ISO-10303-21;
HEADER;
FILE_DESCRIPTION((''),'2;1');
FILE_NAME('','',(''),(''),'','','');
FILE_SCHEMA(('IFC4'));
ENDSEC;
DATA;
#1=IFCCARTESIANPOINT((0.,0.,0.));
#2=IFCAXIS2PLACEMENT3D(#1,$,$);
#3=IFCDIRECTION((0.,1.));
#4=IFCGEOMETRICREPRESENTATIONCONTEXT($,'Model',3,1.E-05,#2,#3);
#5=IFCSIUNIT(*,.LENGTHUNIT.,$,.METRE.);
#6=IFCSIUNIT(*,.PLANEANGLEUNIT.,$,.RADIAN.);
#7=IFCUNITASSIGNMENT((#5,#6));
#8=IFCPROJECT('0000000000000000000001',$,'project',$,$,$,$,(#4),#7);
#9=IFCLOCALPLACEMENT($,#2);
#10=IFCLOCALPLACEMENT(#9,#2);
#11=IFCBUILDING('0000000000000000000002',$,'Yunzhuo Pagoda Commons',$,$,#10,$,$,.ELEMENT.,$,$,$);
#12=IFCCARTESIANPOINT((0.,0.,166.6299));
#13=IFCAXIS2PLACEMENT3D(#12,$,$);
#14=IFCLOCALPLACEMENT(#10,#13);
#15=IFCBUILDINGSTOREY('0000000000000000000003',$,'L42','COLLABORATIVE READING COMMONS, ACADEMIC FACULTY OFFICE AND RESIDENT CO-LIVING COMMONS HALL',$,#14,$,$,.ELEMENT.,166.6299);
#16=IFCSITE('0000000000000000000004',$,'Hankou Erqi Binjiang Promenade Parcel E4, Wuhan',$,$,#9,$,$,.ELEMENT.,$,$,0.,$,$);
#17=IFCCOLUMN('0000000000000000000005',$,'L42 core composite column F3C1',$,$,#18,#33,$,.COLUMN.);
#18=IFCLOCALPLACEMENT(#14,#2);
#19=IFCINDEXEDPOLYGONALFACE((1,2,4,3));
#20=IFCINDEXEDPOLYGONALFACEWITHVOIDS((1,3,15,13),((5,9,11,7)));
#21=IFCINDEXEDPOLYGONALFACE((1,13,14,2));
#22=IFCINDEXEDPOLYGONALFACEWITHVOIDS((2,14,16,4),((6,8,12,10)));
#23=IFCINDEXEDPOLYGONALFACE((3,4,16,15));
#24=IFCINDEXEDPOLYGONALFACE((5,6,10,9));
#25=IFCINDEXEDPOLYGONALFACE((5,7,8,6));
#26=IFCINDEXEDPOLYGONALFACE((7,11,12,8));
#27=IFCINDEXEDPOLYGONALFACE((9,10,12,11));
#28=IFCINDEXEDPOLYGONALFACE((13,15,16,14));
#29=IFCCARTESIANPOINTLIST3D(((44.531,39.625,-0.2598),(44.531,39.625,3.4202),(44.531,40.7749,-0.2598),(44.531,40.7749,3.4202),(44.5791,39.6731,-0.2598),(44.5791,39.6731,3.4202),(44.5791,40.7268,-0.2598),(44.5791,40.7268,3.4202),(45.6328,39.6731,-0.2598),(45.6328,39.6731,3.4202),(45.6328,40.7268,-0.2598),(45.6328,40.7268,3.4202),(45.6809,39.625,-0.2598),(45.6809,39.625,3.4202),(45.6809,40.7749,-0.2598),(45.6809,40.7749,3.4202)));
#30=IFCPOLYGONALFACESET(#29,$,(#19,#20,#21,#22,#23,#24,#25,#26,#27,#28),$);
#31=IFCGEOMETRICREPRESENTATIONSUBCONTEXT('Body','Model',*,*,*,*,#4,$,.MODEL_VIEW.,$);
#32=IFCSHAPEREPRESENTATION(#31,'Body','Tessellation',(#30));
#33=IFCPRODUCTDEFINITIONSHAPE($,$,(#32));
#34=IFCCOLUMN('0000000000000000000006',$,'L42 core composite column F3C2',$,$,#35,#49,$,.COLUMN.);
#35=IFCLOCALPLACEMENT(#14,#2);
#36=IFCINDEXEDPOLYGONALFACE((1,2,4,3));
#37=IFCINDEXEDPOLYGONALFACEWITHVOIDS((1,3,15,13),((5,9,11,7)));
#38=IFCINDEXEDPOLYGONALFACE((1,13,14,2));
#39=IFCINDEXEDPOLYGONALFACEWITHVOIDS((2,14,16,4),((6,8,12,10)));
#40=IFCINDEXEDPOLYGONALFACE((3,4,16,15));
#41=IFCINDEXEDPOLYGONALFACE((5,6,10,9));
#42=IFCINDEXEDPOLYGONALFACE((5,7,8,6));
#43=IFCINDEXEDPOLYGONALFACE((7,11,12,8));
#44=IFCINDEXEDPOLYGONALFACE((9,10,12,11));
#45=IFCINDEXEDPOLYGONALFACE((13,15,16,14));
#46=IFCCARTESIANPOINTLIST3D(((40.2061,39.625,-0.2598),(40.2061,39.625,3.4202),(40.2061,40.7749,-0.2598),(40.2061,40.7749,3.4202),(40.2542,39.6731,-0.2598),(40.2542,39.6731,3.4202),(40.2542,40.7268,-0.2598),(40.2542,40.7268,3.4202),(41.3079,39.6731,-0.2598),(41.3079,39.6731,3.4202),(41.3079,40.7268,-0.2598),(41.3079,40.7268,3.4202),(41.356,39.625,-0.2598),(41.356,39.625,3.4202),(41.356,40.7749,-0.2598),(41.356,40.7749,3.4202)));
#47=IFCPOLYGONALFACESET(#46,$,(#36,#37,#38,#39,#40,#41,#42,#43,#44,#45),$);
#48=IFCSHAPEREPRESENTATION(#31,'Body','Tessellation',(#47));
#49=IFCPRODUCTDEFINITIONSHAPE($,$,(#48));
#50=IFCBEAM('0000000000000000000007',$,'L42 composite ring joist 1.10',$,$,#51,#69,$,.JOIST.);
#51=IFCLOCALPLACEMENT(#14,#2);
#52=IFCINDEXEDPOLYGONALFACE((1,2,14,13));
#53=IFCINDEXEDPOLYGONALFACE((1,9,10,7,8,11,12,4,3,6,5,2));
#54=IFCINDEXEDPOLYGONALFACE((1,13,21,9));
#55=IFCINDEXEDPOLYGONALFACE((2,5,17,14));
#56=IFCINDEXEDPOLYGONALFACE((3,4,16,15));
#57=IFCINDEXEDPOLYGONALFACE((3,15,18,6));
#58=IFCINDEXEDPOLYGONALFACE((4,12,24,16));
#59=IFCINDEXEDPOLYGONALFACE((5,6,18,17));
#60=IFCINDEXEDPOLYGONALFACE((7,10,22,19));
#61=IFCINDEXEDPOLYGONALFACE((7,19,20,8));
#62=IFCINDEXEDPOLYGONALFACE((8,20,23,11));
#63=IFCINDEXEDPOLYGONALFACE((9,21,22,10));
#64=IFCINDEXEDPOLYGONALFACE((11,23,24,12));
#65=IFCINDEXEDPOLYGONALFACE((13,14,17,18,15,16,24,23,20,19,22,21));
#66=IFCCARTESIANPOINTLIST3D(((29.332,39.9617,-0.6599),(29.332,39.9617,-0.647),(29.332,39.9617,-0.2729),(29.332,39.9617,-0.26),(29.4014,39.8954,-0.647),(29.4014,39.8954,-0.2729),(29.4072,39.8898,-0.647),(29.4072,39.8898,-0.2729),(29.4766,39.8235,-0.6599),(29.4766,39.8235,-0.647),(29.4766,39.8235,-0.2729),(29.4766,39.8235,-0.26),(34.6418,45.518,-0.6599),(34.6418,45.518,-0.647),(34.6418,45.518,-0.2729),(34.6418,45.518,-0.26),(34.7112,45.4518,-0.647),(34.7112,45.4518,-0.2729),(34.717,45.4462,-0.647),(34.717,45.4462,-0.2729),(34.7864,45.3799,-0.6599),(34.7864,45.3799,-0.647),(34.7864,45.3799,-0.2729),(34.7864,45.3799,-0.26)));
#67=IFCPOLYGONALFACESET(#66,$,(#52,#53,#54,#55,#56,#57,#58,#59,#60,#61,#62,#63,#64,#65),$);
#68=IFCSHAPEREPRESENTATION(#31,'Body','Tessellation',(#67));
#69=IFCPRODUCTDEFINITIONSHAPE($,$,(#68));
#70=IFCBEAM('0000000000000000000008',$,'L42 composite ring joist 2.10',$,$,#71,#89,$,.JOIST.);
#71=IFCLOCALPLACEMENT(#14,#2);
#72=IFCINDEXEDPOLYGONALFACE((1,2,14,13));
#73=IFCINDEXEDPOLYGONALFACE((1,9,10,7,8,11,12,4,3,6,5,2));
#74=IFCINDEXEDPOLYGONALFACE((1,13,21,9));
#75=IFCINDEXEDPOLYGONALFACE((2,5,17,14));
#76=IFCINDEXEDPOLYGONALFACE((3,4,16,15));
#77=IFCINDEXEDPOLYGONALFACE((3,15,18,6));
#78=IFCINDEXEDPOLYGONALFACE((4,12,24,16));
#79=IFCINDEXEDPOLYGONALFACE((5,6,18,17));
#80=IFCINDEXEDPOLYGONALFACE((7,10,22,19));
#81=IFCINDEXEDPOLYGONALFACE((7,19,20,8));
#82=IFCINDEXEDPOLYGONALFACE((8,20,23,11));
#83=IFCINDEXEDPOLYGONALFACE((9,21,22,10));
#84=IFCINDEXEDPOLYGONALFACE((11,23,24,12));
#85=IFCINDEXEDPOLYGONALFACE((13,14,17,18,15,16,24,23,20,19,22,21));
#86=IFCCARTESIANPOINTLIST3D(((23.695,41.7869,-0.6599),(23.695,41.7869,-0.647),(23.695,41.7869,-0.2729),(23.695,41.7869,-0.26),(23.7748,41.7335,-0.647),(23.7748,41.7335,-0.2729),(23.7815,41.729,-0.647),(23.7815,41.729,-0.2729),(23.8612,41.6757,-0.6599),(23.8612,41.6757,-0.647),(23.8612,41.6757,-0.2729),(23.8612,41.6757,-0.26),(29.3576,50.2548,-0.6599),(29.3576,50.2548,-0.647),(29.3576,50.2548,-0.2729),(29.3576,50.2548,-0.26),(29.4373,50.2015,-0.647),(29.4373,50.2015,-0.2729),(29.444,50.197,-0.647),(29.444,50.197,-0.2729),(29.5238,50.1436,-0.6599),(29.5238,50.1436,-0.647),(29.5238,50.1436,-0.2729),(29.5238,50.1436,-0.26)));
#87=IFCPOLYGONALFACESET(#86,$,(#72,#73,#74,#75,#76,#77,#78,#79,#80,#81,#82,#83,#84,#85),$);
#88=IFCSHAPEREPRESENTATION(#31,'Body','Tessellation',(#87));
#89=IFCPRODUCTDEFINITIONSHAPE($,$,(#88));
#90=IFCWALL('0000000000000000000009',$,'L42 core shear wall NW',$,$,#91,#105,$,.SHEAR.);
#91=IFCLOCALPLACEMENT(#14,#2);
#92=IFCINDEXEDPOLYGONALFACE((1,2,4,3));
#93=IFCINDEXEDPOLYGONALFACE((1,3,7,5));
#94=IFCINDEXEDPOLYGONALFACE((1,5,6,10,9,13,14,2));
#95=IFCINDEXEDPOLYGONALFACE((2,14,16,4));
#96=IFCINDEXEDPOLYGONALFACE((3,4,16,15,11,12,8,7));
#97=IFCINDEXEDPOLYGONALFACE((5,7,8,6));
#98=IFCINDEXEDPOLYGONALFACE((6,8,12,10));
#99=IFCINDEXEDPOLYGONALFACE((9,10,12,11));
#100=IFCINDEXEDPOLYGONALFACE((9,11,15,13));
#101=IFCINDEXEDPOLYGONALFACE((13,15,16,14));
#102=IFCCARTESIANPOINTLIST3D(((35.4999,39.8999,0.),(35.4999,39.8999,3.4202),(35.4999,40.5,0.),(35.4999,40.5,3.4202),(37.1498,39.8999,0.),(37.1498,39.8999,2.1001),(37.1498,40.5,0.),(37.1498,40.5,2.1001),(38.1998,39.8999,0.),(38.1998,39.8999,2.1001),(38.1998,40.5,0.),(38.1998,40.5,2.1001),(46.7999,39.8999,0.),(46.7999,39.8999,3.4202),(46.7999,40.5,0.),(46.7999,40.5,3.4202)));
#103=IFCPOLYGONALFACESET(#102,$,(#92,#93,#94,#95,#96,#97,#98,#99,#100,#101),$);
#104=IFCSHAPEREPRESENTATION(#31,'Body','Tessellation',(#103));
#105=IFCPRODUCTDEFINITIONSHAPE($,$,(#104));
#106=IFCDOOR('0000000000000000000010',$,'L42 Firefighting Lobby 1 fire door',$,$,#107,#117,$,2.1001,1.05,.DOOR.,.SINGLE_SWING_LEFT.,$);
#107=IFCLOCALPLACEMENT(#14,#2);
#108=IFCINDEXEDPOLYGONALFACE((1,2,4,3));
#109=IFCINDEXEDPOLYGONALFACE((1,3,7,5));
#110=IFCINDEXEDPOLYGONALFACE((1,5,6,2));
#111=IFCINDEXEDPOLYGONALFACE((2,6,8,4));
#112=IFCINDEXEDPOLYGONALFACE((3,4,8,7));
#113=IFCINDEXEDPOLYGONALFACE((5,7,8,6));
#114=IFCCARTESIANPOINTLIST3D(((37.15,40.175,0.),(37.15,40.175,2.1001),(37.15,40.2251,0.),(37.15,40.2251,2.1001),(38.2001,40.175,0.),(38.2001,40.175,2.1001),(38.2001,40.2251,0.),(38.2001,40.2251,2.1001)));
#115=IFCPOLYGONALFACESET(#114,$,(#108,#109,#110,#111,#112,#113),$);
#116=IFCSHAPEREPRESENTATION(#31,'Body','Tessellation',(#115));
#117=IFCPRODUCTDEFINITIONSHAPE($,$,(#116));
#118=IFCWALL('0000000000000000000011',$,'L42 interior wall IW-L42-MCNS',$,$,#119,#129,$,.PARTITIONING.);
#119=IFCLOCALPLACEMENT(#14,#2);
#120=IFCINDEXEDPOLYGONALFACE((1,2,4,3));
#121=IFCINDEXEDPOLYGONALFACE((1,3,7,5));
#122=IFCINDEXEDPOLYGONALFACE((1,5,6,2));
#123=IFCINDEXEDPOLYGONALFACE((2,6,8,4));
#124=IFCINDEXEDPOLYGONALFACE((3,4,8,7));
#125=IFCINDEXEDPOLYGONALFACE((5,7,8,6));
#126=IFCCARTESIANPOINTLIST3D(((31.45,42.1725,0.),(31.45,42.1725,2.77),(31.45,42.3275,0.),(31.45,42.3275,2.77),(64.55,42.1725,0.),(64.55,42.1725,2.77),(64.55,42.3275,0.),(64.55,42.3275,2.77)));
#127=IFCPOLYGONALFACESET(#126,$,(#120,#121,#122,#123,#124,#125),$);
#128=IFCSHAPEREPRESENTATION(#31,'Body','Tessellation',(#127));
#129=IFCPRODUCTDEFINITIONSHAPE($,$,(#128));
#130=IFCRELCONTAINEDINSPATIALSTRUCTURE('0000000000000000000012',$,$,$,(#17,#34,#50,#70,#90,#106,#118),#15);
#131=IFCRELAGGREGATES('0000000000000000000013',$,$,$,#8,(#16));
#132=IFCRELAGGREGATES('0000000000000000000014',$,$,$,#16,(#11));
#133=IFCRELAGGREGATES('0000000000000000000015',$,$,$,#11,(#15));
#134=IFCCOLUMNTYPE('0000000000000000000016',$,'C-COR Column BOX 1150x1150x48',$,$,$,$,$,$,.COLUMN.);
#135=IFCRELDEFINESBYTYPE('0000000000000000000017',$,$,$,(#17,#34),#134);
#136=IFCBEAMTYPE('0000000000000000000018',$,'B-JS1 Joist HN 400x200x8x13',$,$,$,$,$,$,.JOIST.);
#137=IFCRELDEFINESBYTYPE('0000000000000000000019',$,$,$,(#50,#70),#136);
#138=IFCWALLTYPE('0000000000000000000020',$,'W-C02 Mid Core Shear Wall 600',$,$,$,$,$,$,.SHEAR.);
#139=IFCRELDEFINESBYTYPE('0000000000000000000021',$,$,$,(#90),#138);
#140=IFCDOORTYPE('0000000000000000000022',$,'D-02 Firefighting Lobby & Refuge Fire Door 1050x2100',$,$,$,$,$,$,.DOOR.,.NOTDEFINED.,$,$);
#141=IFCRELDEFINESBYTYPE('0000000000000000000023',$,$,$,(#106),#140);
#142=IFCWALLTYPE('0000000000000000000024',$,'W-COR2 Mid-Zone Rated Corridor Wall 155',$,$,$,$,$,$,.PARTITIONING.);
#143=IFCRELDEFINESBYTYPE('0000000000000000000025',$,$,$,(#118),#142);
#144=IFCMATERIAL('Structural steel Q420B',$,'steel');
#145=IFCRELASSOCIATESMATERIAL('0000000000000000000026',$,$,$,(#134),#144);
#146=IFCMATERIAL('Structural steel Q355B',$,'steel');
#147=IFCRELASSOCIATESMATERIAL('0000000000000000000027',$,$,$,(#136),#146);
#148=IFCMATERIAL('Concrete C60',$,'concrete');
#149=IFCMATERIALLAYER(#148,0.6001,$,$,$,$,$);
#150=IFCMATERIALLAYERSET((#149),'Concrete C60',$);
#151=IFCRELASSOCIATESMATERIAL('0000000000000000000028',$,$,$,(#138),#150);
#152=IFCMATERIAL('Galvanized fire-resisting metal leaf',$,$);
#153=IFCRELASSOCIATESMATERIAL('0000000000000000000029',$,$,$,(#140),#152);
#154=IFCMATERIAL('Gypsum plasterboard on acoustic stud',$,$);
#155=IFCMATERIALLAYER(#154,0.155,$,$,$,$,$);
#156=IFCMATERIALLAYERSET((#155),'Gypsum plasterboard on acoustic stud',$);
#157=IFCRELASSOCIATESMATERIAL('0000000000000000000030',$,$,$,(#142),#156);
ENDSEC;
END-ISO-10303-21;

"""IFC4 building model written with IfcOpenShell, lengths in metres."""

from ifc_helpers import new_model, si_unit, direction, frame, frame_2d, origin, origin_2d, place, context, subcontext, project, spatial, rectangle, hollow_rectangle, i_section, extrude, source, transform, mapped, material, layer, layer_set, material_profile, profile_set, type_object, element, fill, save


model = new_model("IFC4")

# Units and contexts
model_context = context("Model", 3, precision=1e-05, world=origin(), true_north=direction((0.0, 1.0)))
body_context = subcontext(model_context, "Body", "Model", "MODEL_VIEW")
ifc_project = project(units=[si_unit("LENGTHUNIT", "METRE"), si_unit("PLANEANGLEUNIT", "RADIAN")], contexts=[model_context])

# Site, building, storey
site_placement = place(None, origin())
site = spatial("IfcSite", under=ifc_project, at=site_placement, Name="Hankou Erqi Binjiang Promenade Parcel E4, Wuhan", CompositionType="ELEMENT", RefElevation=0.0)
building_placement = place(site_placement, origin())
building = spatial("IfcBuilding", under=site, at=building_placement, Name="Yunzhuo Pagoda Commons", CompositionType="ELEMENT")
storey_placement = place(building_placement, frame((0.0, 0.0, 166.6299)))
storey = spatial("IfcBuildingStorey", under=building, at=storey_placement, Name="L42", Description="COLLABORATIVE READING COMMONS, ACADEMIC FACULTY OFFICE AND RESIDENT CO-LIVING COMMONS HALL", CompositionType="ELEMENT", Elevation=166.6299)

# Columns
ifc_material_1 = material(Name="Structural steel Q420B", Category="steel")
ifc_material_profile_1 = material_profile(ifc_material_1, hollow_rectangle(XDim=1.1499, YDim=1.1499, WallThickness=0.0481, at=origin_2d()), Name="Structural steel Q420B")
ifc_profile_set_1 = profile_set([ifc_material_profile_1], Name="Structural steel Q420B")
column_type = type_object("IfcColumnType", Name="C-COR Column BOX 1150x1150x48", PredefinedType="COLUMN", material=ifc_profile_set_1)
shared_shape_1 = source(origin(), body_context, "Body", "SweptSolid", [
    extrude(hollow_rectangle(XDim=1.1499, YDim=1.1499, WallThickness=0.0481, at=origin_2d()), origin(), (0.0, 0.0, 1.0), 3.6799),
])
for number, where, z_axis, x_axis, name in (
    (1, (45.106, 40.2, -0.2598), (0.0, 0.0, 1.0), (1.0, 0.0, 0.0), "L42 core composite column F3C1"),
    (2, (40.781, 40.2, -0.2598), (0.0, 0.0, 1.0), (1.0, 0.0, 0.0), "L42 core composite column F3C2"),
):
    element("IfcColumn", number, at=place(storey_placement, frame(where, z_axis=z_axis, x_axis=x_axis)), inside=storey, type_object=column_type, Name=name, PredefinedType="COLUMN", context=body_context, shape_type="MappedRepresentation", body=[
        mapped(shared_shape_1, transform((0.0, 0.0, 0.0), scale=1.0)),
    ])

# Beams
ifc_material_2 = material(Name="Structural steel Q355B", Category="steel")
ifc_material_profile_2 = material_profile(ifc_material_2, i_section(OverallWidth=0.2, OverallDepth=0.3999, WebThickness=0.0081, FlangeThickness=0.0129, at=origin_2d()), Name="Structural steel Q355B")
ifc_profile_set_2 = profile_set([ifc_material_profile_2], Name="Structural steel Q355B")
beam_type = type_object("IfcBeamType", Name="B-JS1 Joist HN 400x200x8x13", PredefinedType="JOIST", material=ifc_profile_set_2)
shared_shape_2 = source(origin(), body_context, "Body", "SweptSolid", [
    extrude(i_section(OverallWidth=0.2, OverallDepth=0.3999, WebThickness=0.0081, FlangeThickness=0.0129, at=origin_2d()), origin(), (0.0, 0.0, 1.0), 7.6855),
])
beam_1_placement = place(storey_placement, frame((34.7141, 45.449, -0.46), z_axis=(-0.690883, -0.722967, 0.0), x_axis=(0.722967, -0.690883, 0.0)))
element("IfcBeam", 3, at=beam_1_placement, inside=storey, type_object=beam_type, Name="L42 composite ring joist 1.10", PredefinedType="JOIST", context=body_context, shape_type="MappedRepresentation", body=[
    mapped(shared_shape_2, transform((0.0, 0.0, 0.0), scale=1.0)),
])
shared_shape_3 = source(origin(), body_context, "Body", "SweptSolid", [
    extrude(i_section(OverallWidth=0.2, OverallDepth=0.3999, WebThickness=0.0081, FlangeThickness=0.0129, at=origin_2d()), origin(), (0.0, 0.0, 1.0), 10.1868),
])
beam_2_placement = place(storey_placement, frame((29.4407, 50.1992, -0.46), z_axis=(-0.555872, -0.831268, 0.0), x_axis=(0.831268, -0.555872, 0.0)))
element("IfcBeam", 4, at=beam_2_placement, inside=storey, type_object=beam_type, Name="L42 composite ring joist 2.10", PredefinedType="JOIST", context=body_context, shape_type="MappedRepresentation", body=[
    mapped(shared_shape_3, transform((0.0, 0.0, 0.0), scale=1.0)),
])

# Wall, opening, door
ifc_material_3 = material(Name="Concrete C60", Category="concrete")
ifc_layer_1 = layer(ifc_material_3, 0.6001)
ifc_layer_set_1 = layer_set([ifc_layer_1], Name="Concrete C60")
wall_type_1 = type_object("IfcWallType", Name="W-C02 Mid Core Shear Wall 600", PredefinedType="SHEAR", material=ifc_layer_set_1)
wall_1_placement = place(storey_placement, frame((35.5, 40.2, 0.0), z_axis=(0.0, 0.0, 1.0), x_axis=(1.0, 0.0, 0.0)))
wall_1 = element("IfcWall", 5, at=wall_1_placement, inside=storey, type_object=wall_type_1, Name="L42 core shear wall NW", PredefinedType="SHEAR", context=body_context, shape_type="SweptSolid", body=[
    extrude(rectangle(XDim=11.3, YDim=0.6001, at=frame_2d((5.6499, 0.0))), origin(), (0.0, 0.0, 1.0), 3.4202),
])
opening_1_placement = place(wall_1_placement, frame((1.6499, 0.0, 0.0)))
opening_1 = element("IfcOpeningElement", 6, at=opening_1_placement, cuts=wall_1, PredefinedType="OPENING", context=body_context, shape_type="SweptSolid", body=[
    extrude(rectangle(XDim=1.05, YDim=2.1001, at=frame_2d((0.5249, 1.05))), frame((0.0, 0.3101, 0.0), z_axis=(0.0, -1.0, 0.0), x_axis=(1.0, 0.0, 0.0)), (0.0, 0.0, 1.0), 0.6201),
])
ifc_material_4 = material(Name="Galvanized fire-resisting metal leaf")
door_type_1 = type_object("IfcDoorType", Name="D-02 Firefighting Lobby & Refuge Fire Door 1050x2100", OperationType="NOTDEFINED", PredefinedType="DOOR", material=ifc_material_4)
shared_shape_4 = source(origin(), body_context, "Body", "SweptSolid", [
    extrude(rectangle(XDim=1.05, YDim=2.1001, at=frame_2d((0.5249, 1.05))), frame((0.0, 0.0249, 0.0), z_axis=(0.0, -1.0, 0.0), x_axis=(1.0, 0.0, 0.0)), (0.0, 0.0, 1.0), 0.05),
])
door_1_placement = place(opening_1_placement, frame((1.05, 0.0, 0.0), z_axis=(0.0, 0.0, 1.0), x_axis=(-1.0, 0.0, 0.0)))
door_1 = element("IfcDoor", 7, at=door_1_placement, inside=storey, type_object=door_type_1, Name="L42 Firefighting Lobby 1 fire door", OperationType="SINGLE_SWING_LEFT", OverallHeight=2.1001, OverallWidth=1.05, PredefinedType="DOOR", context=body_context, shape_type="MappedRepresentation", body=[
    mapped(shared_shape_4, transform((0.0, 0.0, 0.0), scale=1.0)),
])
fill(opening_1, door_1)

# Wall
ifc_material_5 = material(Name="Gypsum plasterboard on acoustic stud")
ifc_layer_2 = layer(ifc_material_5, 0.155)
ifc_layer_set_2 = layer_set([ifc_layer_2], Name="Gypsum plasterboard on acoustic stud")
wall_type_2 = type_object("IfcWallType", Name="W-COR2 Mid-Zone Rated Corridor Wall 155", PredefinedType="PARTITIONING", material=ifc_layer_set_2)
wall_2_placement = place(storey_placement, frame((31.45, 42.25, 0.0), z_axis=(0.0, 0.0, 1.0), x_axis=(1.0, 0.0, 0.0)))
element("IfcWall", 8, at=wall_2_placement, inside=storey, type_object=wall_type_2, Name="L42 interior wall IW-L42-MCNS", PredefinedType="PARTITIONING", context=body_context, shape_type="SweptSolid", body=[
    extrude(rectangle(XDim=33.1001, YDim=0.155, at=frame_2d((16.55, 0.0))), origin(), (0.0, 0.0, 1.0), 2.77),
])

save(model, "model.ifc")
